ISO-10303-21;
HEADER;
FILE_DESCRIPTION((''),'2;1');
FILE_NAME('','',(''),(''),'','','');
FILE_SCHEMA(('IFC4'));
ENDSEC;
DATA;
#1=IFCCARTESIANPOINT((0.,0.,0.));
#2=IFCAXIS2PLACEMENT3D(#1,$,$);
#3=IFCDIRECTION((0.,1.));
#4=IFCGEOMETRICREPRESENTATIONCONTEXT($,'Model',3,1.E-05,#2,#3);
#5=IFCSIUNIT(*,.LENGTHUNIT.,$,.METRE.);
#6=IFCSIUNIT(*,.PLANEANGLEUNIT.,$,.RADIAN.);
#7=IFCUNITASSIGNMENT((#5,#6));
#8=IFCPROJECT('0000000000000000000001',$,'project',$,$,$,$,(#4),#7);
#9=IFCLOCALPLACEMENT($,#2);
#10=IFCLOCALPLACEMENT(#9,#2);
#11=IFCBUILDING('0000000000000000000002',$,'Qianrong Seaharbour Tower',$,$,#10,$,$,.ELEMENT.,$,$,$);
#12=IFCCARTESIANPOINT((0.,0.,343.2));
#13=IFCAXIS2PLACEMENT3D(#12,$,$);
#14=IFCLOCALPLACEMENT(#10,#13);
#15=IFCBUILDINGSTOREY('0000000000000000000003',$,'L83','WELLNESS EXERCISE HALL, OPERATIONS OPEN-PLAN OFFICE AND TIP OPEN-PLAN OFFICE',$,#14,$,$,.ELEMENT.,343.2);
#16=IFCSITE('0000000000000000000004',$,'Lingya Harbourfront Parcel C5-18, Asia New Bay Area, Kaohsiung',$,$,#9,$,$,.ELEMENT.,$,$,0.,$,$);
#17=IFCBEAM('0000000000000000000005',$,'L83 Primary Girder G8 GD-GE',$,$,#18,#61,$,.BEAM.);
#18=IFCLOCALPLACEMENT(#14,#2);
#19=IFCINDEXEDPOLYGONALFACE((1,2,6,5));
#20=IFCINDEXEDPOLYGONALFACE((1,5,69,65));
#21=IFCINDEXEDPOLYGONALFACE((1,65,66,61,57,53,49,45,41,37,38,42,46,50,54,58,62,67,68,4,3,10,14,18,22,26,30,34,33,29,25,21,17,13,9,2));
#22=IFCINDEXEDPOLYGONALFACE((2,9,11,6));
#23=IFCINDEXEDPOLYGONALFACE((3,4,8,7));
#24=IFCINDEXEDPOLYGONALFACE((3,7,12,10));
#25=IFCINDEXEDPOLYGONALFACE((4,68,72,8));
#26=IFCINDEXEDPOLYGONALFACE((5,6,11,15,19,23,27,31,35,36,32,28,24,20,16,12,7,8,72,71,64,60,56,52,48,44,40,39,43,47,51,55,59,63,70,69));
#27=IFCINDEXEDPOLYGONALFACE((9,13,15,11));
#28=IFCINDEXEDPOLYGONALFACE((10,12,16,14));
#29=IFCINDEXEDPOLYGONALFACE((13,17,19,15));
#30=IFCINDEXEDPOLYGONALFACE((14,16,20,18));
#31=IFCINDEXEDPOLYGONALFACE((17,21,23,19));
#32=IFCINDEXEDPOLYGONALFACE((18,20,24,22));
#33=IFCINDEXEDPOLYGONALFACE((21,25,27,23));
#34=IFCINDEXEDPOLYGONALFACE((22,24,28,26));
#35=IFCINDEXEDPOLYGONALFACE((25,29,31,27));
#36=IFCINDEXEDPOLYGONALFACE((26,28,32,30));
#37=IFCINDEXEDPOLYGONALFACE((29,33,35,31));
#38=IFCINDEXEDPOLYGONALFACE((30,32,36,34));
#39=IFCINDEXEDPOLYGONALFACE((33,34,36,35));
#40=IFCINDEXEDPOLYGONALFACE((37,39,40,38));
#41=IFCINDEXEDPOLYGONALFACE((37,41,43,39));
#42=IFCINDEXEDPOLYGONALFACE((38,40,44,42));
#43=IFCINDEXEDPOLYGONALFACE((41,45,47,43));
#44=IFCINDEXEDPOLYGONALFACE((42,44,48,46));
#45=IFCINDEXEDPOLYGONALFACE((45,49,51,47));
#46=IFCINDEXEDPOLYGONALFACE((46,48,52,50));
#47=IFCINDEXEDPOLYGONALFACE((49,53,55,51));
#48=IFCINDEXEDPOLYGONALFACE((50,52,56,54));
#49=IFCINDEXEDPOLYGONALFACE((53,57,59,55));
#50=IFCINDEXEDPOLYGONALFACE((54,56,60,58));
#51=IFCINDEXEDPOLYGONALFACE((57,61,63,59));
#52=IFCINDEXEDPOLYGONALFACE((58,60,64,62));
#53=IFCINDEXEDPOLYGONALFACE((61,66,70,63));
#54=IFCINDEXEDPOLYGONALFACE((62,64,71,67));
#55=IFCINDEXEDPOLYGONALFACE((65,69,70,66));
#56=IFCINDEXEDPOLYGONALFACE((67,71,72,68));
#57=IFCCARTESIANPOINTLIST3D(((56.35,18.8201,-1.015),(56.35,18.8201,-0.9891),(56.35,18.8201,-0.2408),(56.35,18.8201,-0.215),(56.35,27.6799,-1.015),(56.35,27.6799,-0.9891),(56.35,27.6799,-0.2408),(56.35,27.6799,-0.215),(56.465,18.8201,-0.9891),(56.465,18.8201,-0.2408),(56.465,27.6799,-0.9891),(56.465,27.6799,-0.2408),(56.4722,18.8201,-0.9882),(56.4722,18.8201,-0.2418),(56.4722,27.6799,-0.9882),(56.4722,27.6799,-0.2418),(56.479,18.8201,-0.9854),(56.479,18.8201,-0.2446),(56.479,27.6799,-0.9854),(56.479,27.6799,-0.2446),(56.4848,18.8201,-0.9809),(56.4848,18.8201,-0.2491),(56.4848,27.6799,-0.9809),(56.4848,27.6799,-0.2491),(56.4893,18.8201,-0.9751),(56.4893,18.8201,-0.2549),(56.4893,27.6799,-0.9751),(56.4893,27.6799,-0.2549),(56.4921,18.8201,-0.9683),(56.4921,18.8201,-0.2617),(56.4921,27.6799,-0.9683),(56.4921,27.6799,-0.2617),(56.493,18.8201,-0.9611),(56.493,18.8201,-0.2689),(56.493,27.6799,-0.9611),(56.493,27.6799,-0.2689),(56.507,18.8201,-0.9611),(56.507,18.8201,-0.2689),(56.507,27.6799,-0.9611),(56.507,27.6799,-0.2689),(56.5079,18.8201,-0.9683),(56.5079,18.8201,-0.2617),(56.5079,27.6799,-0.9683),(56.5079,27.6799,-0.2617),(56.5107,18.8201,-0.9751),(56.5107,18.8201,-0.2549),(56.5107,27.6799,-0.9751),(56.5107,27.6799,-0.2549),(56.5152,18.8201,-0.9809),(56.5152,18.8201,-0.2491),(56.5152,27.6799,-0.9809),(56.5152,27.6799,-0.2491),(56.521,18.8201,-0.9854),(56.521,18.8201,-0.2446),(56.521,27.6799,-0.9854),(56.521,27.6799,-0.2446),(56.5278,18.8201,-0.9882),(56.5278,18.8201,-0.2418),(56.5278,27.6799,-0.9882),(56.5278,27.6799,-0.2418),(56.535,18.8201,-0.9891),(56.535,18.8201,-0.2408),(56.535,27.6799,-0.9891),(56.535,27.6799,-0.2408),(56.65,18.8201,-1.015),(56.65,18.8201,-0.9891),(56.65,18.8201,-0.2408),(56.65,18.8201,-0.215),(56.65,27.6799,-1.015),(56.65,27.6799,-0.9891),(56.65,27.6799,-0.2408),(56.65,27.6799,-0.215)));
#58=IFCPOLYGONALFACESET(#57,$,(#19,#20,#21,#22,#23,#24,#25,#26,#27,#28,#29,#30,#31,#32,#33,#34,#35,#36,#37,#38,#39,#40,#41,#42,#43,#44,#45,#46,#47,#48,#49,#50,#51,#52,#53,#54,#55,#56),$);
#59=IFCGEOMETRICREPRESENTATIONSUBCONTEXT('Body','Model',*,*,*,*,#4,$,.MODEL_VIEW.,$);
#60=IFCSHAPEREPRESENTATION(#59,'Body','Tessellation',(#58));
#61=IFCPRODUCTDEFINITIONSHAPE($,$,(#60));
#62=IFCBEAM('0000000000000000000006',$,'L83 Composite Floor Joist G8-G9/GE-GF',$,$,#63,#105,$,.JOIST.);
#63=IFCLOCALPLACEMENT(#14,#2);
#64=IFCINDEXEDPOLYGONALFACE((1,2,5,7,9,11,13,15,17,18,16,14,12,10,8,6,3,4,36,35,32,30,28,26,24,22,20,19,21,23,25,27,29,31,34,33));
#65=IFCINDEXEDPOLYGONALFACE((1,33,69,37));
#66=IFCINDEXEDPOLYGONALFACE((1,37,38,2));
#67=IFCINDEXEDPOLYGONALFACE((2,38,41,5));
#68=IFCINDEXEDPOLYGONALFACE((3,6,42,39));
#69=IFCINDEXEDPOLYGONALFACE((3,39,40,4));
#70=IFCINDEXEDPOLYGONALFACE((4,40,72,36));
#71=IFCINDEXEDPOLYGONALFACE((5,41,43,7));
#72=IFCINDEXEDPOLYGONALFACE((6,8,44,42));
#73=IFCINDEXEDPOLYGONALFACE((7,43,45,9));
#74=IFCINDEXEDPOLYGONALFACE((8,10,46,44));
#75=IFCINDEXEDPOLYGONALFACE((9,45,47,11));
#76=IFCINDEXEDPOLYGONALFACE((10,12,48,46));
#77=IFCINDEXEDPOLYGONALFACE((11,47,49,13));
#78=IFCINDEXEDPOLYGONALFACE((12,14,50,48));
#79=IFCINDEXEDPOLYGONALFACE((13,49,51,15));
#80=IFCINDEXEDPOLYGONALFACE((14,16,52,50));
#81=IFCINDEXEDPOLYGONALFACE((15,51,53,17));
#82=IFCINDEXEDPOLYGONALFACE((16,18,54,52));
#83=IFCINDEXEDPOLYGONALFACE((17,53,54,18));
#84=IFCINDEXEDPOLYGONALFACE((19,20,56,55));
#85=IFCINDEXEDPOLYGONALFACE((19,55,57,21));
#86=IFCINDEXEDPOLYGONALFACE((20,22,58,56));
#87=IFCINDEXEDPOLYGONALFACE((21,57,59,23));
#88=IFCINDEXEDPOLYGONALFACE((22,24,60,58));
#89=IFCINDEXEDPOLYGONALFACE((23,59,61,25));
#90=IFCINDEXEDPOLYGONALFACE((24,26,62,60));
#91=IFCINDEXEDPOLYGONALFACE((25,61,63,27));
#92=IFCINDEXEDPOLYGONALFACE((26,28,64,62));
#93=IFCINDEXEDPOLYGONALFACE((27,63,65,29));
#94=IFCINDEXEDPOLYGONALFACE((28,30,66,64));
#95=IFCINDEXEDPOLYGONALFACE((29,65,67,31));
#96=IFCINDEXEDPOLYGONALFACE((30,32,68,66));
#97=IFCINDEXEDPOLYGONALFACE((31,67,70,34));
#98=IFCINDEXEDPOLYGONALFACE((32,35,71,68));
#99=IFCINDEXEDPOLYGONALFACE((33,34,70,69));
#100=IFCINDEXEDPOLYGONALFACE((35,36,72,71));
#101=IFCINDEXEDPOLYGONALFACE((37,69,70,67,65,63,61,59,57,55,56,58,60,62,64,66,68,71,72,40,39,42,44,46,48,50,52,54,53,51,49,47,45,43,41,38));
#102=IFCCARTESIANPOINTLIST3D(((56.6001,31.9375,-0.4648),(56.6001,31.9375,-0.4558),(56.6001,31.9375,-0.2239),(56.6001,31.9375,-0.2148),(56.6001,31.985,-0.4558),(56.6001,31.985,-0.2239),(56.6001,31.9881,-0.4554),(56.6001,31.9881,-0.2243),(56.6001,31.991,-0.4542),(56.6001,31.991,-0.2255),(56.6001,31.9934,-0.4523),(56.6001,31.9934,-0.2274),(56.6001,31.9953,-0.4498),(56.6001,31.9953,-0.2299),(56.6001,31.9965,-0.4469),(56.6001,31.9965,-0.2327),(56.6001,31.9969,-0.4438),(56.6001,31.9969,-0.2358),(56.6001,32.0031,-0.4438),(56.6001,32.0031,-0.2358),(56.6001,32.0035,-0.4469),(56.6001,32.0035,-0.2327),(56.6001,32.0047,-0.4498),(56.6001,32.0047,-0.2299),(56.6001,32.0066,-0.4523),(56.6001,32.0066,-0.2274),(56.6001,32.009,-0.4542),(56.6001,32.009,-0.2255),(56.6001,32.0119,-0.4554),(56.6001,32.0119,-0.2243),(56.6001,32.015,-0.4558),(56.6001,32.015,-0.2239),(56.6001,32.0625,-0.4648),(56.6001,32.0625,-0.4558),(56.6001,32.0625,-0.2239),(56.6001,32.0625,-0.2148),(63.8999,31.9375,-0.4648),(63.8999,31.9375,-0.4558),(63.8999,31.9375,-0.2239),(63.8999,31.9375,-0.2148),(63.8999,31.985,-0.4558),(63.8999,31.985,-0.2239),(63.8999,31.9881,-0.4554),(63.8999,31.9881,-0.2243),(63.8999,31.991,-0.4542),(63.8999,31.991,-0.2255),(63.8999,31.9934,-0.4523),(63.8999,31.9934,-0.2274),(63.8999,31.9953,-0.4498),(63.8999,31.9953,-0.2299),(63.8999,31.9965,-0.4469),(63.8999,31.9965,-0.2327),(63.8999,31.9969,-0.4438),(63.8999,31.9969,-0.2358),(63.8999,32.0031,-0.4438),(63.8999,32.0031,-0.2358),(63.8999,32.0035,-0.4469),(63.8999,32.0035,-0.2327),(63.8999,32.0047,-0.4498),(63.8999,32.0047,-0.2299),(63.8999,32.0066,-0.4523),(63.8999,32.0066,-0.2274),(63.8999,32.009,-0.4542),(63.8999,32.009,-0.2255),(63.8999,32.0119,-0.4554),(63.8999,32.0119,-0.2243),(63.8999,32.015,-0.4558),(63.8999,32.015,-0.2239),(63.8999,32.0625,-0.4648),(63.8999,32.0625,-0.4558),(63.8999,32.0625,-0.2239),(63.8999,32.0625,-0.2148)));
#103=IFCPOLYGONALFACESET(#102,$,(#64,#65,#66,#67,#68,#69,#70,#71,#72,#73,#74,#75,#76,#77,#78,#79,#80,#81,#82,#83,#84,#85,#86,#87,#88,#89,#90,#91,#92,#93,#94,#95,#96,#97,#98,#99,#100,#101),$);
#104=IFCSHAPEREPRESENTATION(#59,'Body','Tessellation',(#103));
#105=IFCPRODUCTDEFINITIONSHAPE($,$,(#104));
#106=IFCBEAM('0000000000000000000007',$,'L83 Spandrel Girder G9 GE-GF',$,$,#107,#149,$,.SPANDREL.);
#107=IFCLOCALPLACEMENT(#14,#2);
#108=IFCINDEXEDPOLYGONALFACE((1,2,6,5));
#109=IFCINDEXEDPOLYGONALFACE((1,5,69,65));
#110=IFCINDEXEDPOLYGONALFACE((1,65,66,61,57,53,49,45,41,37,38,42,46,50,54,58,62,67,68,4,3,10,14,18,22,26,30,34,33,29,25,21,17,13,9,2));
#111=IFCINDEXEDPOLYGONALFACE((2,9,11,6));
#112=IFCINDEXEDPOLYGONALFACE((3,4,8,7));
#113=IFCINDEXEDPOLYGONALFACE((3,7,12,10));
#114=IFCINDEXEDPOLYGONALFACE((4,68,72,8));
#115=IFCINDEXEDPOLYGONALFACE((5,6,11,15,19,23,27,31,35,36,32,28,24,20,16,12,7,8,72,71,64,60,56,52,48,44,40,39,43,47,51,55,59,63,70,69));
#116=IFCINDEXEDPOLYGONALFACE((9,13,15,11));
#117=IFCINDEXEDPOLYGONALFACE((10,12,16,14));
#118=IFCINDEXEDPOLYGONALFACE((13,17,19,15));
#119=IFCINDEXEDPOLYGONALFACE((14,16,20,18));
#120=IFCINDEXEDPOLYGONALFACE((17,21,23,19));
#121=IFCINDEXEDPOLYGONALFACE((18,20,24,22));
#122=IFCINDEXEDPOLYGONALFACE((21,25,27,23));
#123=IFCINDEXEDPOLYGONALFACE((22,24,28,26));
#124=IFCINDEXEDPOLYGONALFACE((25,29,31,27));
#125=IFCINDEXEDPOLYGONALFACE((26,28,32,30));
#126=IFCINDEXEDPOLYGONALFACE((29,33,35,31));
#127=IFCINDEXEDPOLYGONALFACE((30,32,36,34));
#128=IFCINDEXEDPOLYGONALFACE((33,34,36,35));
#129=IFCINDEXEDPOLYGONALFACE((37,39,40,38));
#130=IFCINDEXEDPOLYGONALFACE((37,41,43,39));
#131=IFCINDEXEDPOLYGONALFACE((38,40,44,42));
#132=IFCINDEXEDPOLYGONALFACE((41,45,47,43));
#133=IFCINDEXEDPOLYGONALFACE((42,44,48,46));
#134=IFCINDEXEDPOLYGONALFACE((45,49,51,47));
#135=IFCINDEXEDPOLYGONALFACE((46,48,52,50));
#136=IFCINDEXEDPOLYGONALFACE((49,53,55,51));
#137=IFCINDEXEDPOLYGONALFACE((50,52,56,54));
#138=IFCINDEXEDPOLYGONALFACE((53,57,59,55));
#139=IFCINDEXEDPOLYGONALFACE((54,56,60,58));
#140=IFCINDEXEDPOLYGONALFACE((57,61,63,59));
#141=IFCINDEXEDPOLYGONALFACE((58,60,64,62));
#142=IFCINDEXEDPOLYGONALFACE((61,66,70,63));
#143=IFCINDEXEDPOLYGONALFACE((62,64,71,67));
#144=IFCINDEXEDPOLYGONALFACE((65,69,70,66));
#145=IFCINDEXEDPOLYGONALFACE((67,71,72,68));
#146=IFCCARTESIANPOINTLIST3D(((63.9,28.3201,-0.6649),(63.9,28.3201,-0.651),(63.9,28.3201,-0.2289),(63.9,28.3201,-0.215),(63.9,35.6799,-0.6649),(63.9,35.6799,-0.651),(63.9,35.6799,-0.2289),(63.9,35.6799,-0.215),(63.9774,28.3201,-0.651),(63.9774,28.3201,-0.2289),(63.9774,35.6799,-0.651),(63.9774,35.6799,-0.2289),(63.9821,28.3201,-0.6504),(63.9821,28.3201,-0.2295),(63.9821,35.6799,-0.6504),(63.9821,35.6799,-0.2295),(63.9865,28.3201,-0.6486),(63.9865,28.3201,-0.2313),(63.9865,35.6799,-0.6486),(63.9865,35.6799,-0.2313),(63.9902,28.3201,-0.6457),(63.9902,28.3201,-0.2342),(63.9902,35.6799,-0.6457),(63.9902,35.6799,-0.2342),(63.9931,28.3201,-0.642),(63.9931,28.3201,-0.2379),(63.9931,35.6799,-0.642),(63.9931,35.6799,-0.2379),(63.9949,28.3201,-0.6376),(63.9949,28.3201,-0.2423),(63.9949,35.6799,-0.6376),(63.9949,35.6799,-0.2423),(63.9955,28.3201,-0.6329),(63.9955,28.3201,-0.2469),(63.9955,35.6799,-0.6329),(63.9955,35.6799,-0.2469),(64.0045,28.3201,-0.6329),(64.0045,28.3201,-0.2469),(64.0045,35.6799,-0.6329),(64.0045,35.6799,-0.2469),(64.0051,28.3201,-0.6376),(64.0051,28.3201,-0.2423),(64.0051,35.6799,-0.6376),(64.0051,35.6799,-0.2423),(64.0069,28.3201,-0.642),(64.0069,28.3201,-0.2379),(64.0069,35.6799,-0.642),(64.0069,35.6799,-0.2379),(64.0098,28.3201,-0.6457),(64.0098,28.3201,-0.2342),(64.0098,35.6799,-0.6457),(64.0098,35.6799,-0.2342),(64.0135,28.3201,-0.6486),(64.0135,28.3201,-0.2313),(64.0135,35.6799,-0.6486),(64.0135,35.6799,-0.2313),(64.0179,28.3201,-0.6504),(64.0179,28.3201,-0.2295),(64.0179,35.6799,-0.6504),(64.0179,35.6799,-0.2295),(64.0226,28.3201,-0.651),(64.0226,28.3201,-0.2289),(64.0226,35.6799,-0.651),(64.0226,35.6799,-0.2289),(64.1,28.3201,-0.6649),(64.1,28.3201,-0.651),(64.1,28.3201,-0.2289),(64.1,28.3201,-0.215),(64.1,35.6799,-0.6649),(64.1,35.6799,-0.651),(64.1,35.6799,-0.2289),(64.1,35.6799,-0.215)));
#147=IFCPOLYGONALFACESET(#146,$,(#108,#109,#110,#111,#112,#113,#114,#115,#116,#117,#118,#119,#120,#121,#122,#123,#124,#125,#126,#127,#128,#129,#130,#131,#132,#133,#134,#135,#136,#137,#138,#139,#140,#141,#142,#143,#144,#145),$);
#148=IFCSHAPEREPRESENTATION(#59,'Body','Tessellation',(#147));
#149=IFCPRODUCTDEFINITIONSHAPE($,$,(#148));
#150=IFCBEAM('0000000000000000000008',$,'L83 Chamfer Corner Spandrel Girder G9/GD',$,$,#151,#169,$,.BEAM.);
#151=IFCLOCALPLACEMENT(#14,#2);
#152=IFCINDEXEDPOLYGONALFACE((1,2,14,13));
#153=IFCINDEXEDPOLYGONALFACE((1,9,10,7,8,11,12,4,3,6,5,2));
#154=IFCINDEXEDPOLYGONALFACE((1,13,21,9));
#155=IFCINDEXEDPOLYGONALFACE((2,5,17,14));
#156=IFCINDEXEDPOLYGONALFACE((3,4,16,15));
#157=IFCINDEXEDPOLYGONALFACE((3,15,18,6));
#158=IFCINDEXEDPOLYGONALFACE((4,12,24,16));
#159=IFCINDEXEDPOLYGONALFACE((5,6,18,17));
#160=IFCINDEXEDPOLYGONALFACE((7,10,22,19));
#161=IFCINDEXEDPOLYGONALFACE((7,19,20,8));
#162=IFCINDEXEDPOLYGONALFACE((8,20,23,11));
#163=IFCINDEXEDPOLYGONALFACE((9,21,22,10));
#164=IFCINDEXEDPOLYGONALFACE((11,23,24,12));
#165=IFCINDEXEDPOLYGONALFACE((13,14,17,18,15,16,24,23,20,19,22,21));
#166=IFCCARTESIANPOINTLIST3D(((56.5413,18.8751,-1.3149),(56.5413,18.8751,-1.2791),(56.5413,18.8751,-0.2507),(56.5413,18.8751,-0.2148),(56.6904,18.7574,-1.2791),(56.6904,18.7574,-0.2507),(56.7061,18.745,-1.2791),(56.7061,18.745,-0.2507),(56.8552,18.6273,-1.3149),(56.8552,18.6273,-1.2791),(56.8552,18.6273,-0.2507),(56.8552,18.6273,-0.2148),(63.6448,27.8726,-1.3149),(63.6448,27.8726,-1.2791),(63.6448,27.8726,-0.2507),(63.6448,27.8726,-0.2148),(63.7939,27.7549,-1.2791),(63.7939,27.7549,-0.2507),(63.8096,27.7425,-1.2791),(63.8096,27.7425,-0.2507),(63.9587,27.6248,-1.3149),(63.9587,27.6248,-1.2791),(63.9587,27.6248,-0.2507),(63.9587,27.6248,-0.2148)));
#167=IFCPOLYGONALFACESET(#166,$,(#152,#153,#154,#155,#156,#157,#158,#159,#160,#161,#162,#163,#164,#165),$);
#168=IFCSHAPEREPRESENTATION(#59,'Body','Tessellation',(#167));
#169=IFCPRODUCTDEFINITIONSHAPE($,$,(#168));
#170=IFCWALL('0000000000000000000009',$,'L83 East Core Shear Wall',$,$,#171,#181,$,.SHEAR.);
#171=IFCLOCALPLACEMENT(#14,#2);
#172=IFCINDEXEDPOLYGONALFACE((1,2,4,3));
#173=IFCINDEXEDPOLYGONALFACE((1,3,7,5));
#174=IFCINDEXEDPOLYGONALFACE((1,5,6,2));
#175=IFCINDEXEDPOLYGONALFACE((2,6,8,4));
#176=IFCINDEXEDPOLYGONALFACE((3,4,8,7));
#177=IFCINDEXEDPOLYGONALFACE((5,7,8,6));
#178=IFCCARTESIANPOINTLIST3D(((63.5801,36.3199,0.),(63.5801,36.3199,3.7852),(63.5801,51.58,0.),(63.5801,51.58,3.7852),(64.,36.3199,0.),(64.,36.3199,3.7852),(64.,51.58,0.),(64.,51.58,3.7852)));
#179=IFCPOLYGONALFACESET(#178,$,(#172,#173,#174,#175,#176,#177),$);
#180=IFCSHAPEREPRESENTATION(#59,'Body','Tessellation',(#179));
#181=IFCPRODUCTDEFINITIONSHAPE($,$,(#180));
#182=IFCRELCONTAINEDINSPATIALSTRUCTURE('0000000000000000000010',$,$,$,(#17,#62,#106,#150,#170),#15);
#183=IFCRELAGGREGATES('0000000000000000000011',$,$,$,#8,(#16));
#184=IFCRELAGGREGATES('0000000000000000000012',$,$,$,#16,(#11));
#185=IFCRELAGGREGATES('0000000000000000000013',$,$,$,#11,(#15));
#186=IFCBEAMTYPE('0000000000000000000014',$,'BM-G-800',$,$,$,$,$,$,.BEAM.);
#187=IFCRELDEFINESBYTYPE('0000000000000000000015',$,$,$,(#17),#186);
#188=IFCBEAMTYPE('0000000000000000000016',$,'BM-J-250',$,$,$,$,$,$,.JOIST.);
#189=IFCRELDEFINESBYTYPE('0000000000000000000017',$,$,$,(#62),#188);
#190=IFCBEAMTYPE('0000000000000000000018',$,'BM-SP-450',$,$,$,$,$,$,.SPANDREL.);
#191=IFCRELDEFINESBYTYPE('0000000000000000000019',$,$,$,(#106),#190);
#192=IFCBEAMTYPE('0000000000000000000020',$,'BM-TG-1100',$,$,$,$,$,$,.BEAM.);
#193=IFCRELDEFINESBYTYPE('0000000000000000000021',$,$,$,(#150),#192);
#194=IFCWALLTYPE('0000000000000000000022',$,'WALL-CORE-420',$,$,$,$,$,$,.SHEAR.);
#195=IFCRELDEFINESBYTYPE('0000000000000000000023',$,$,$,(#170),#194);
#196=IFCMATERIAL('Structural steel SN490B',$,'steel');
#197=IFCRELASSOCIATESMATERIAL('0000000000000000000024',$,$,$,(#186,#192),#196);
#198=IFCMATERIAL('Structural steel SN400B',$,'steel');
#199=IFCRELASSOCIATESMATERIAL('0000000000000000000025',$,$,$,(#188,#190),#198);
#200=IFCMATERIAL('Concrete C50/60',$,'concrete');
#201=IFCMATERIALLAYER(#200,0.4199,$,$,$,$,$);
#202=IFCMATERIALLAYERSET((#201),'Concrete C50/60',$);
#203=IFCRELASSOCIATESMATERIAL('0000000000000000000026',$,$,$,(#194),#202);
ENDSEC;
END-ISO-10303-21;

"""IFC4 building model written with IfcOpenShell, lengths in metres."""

from ifc_helpers import new_model, si_unit, direction, frame, frame_2d, origin, origin_2d, place, context, subcontext, project, spatial, rectangle, i_section, extrude, material, layer, layer_set, material_profile, profile_set, type_object, element, save


model = new_model("IFC4")

# Units and contexts
model_context = context("Model", 3, precision=1e-05, world=origin(), true_north=direction((0.0, 1.0)))
body_context = subcontext(model_context, "Body", "Model", "MODEL_VIEW")
ifc_project = project(units=[si_unit("LENGTHUNIT", "METRE"), si_unit("PLANEANGLEUNIT", "RADIAN")], contexts=[model_context])

# Site, building, storey
site_placement = place(None, origin())
site = spatial("IfcSite", under=ifc_project, at=site_placement, Name="Lingya Harbourfront Parcel C5-18, Asia New Bay Area, Kaohsiung", CompositionType="ELEMENT", RefElevation=0.0)
building_placement = place(site_placement, origin())
building = spatial("IfcBuilding", under=site, at=building_placement, Name="Qianrong Seaharbour Tower", CompositionType="ELEMENT")
storey_placement = place(building_placement, frame((0.0, 0.0, 343.2)))
storey = spatial("IfcBuildingStorey", under=building, at=storey_placement, Name="L83", Description="WELLNESS EXERCISE HALL, OPERATIONS OPEN-PLAN OFFICE AND TIP OPEN-PLAN OFFICE", CompositionType="ELEMENT", Elevation=343.2)

# Shared definitions
ifc_material_1 = material(Name="Structural steel SN490B", Category="steel")
ifc_material_2 = material(Name="Concrete C50/60", Category="concrete")
ifc_material_3 = material(Name="Structural steel SN400B", Category="steel")

# Beams
ifc_material_profile_1 = material_profile(ifc_material_1, i_section(OverallWidth=0.3, OverallDepth=0.8, WebThickness=0.0139, FlangeThickness=0.0259, FilletRadius=0.0281, at=origin_2d()), Name="H800x300x14x26")
ifc_profile_set_1 = profile_set([ifc_material_profile_1], Name="Structural steel SN490B")
beam_type_1 = type_object("IfcBeamType", Name="BM-G-800", PredefinedType="BEAM", material=ifc_profile_set_1)
beam_1_placement = place(storey_placement, frame((56.5, 18.8201, -0.615), z_axis=(0.0, 1.0, 0.0), x_axis=(-1.0, 0.0, 0.0)))
element("IfcBeam", 1, at=beam_1_placement, inside=storey, type_object=beam_type_1, Name="L83 Primary Girder G8 GD-GE", PredefinedType="BEAM", context=body_context, shape_type="SweptSolid", body=[
    extrude(i_section(OverallWidth=0.3, OverallDepth=0.8, WebThickness=0.0139, FlangeThickness=0.0259, FilletRadius=0.0281, at=origin_2d()), origin(), (0.0, 0.0, 1.0), 8.8599),
])
ifc_material_profile_2 = material_profile(ifc_material_3, i_section(OverallWidth=0.125, OverallDepth=0.25, WebThickness=0.0061, FlangeThickness=0.009, FilletRadius=0.012, at=origin_2d()), Name="H250x125x6x9")
ifc_profile_set_2 = profile_set([ifc_material_profile_2], Name="Structural steel SN400B")
beam_type_2 = type_object("IfcBeamType", Name="BM-J-250", PredefinedType="JOIST", material=ifc_profile_set_2)
beam_2_placement = place(storey_placement, frame((56.6001, 32.0, -0.3398), z_axis=(1.0, 0.0, 0.0), x_axis=(0.0, 1.0, 0.0)))
element("IfcBeam", 2, at=beam_2_placement, inside=storey, type_object=beam_type_2, Name="L83 Composite Floor Joist G8-G9/GE-GF", PredefinedType="JOIST", context=body_context, shape_type="SweptSolid", body=[
    extrude(i_section(OverallWidth=0.125, OverallDepth=0.25, WebThickness=0.0061, FlangeThickness=0.009, FilletRadius=0.012, at=origin_2d()), origin(), (0.0, 0.0, 1.0), 7.2998),
])
ifc_material_profile_3 = material_profile(ifc_material_3, i_section(OverallWidth=0.2, OverallDepth=0.45, WebThickness=0.009, FlangeThickness=0.0139, FilletRadius=0.0181, at=origin_2d()), Name="H450x200x9x14")
ifc_profile_set_3 = profile_set([ifc_material_profile_3], Name="Structural steel SN400B")
beam_type_3 = type_object("IfcBeamType", Name="BM-SP-450", PredefinedType="SPANDREL", material=ifc_profile_set_3)
beam_3_placement = place(storey_placement, frame((64.0, 28.3201, -0.4399), z_axis=(0.0, 1.0, 0.0), x_axis=(-1.0, 0.0, 0.0)))
element("IfcBeam", 3, at=beam_3_placement, inside=storey, type_object=beam_type_3, Name="L83 Spandrel Girder G9 GE-GF", PredefinedType="SPANDREL", context=body_context, shape_type="SweptSolid", body=[
    extrude(i_section(OverallWidth=0.2, OverallDepth=0.45, WebThickness=0.009, FlangeThickness=0.0139, FilletRadius=0.0181, at=origin_2d()), origin(), (0.0, 0.0, 1.0), 7.3599),
])
ifc_material_profile_4 = material_profile(ifc_material_1, i_section(OverallWidth=0.3999, OverallDepth=1.1001, WebThickness=0.02, FlangeThickness=0.0359, at=origin_2d()), Name="BH1100x400x20x36")
ifc_profile_set_4 = profile_set([ifc_material_profile_4], Name="Structural steel SN490B")
beam_type_4 = type_object("IfcBeamType", Name="BM-TG-1100", PredefinedType="BEAM", material=ifc_profile_set_4)
beam_4_placement = place(storey_placement, frame((56.6982, 18.7512, -0.7649), z_axis=(0.619654, 0.784875, 0.0), x_axis=(-0.784875, 0.619654, 0.0)))
element("IfcBeam", 4, at=beam_4_placement, inside=storey, type_object=beam_type_4, Name="L83 Chamfer Corner Spandrel Girder G9/GD", PredefinedType="BEAM", context=body_context, shape_type="SweptSolid", body=[
    extrude(i_section(OverallWidth=0.3999, OverallDepth=1.1001, WebThickness=0.02, FlangeThickness=0.0359, at=origin_2d()), origin(), (0.0, 0.0, 1.0), 11.4636),
])

# Wall
ifc_layer_1 = layer(ifc_material_2, 0.4199)
ifc_layer_set_1 = layer_set([ifc_layer_1], Name="Concrete C50/60")
wall_type_1 = type_object("IfcWallType", Name="WALL-CORE-420", PredefinedType="SHEAR", material=ifc_layer_set_1)
wall_1_placement = place(storey_placement, frame((63.79, 36.3201, 0.0), z_axis=(0.0, 0.0, 1.0), x_axis=(0.0, 1.0, 0.0)))
element("IfcWall", 5, at=wall_1_placement, inside=storey, type_object=wall_type_1, Name="L83 East Core Shear Wall", PredefinedType="SHEAR", context=body_context, shape_type="SweptSolid", body=[
    extrude(rectangle(XDim=15.26, YDim=0.4199, at=frame_2d((7.6299, 0.0))), origin(), (0.0, 0.0, 1.0), 3.7852),
])

save(model, "model.ifc")
